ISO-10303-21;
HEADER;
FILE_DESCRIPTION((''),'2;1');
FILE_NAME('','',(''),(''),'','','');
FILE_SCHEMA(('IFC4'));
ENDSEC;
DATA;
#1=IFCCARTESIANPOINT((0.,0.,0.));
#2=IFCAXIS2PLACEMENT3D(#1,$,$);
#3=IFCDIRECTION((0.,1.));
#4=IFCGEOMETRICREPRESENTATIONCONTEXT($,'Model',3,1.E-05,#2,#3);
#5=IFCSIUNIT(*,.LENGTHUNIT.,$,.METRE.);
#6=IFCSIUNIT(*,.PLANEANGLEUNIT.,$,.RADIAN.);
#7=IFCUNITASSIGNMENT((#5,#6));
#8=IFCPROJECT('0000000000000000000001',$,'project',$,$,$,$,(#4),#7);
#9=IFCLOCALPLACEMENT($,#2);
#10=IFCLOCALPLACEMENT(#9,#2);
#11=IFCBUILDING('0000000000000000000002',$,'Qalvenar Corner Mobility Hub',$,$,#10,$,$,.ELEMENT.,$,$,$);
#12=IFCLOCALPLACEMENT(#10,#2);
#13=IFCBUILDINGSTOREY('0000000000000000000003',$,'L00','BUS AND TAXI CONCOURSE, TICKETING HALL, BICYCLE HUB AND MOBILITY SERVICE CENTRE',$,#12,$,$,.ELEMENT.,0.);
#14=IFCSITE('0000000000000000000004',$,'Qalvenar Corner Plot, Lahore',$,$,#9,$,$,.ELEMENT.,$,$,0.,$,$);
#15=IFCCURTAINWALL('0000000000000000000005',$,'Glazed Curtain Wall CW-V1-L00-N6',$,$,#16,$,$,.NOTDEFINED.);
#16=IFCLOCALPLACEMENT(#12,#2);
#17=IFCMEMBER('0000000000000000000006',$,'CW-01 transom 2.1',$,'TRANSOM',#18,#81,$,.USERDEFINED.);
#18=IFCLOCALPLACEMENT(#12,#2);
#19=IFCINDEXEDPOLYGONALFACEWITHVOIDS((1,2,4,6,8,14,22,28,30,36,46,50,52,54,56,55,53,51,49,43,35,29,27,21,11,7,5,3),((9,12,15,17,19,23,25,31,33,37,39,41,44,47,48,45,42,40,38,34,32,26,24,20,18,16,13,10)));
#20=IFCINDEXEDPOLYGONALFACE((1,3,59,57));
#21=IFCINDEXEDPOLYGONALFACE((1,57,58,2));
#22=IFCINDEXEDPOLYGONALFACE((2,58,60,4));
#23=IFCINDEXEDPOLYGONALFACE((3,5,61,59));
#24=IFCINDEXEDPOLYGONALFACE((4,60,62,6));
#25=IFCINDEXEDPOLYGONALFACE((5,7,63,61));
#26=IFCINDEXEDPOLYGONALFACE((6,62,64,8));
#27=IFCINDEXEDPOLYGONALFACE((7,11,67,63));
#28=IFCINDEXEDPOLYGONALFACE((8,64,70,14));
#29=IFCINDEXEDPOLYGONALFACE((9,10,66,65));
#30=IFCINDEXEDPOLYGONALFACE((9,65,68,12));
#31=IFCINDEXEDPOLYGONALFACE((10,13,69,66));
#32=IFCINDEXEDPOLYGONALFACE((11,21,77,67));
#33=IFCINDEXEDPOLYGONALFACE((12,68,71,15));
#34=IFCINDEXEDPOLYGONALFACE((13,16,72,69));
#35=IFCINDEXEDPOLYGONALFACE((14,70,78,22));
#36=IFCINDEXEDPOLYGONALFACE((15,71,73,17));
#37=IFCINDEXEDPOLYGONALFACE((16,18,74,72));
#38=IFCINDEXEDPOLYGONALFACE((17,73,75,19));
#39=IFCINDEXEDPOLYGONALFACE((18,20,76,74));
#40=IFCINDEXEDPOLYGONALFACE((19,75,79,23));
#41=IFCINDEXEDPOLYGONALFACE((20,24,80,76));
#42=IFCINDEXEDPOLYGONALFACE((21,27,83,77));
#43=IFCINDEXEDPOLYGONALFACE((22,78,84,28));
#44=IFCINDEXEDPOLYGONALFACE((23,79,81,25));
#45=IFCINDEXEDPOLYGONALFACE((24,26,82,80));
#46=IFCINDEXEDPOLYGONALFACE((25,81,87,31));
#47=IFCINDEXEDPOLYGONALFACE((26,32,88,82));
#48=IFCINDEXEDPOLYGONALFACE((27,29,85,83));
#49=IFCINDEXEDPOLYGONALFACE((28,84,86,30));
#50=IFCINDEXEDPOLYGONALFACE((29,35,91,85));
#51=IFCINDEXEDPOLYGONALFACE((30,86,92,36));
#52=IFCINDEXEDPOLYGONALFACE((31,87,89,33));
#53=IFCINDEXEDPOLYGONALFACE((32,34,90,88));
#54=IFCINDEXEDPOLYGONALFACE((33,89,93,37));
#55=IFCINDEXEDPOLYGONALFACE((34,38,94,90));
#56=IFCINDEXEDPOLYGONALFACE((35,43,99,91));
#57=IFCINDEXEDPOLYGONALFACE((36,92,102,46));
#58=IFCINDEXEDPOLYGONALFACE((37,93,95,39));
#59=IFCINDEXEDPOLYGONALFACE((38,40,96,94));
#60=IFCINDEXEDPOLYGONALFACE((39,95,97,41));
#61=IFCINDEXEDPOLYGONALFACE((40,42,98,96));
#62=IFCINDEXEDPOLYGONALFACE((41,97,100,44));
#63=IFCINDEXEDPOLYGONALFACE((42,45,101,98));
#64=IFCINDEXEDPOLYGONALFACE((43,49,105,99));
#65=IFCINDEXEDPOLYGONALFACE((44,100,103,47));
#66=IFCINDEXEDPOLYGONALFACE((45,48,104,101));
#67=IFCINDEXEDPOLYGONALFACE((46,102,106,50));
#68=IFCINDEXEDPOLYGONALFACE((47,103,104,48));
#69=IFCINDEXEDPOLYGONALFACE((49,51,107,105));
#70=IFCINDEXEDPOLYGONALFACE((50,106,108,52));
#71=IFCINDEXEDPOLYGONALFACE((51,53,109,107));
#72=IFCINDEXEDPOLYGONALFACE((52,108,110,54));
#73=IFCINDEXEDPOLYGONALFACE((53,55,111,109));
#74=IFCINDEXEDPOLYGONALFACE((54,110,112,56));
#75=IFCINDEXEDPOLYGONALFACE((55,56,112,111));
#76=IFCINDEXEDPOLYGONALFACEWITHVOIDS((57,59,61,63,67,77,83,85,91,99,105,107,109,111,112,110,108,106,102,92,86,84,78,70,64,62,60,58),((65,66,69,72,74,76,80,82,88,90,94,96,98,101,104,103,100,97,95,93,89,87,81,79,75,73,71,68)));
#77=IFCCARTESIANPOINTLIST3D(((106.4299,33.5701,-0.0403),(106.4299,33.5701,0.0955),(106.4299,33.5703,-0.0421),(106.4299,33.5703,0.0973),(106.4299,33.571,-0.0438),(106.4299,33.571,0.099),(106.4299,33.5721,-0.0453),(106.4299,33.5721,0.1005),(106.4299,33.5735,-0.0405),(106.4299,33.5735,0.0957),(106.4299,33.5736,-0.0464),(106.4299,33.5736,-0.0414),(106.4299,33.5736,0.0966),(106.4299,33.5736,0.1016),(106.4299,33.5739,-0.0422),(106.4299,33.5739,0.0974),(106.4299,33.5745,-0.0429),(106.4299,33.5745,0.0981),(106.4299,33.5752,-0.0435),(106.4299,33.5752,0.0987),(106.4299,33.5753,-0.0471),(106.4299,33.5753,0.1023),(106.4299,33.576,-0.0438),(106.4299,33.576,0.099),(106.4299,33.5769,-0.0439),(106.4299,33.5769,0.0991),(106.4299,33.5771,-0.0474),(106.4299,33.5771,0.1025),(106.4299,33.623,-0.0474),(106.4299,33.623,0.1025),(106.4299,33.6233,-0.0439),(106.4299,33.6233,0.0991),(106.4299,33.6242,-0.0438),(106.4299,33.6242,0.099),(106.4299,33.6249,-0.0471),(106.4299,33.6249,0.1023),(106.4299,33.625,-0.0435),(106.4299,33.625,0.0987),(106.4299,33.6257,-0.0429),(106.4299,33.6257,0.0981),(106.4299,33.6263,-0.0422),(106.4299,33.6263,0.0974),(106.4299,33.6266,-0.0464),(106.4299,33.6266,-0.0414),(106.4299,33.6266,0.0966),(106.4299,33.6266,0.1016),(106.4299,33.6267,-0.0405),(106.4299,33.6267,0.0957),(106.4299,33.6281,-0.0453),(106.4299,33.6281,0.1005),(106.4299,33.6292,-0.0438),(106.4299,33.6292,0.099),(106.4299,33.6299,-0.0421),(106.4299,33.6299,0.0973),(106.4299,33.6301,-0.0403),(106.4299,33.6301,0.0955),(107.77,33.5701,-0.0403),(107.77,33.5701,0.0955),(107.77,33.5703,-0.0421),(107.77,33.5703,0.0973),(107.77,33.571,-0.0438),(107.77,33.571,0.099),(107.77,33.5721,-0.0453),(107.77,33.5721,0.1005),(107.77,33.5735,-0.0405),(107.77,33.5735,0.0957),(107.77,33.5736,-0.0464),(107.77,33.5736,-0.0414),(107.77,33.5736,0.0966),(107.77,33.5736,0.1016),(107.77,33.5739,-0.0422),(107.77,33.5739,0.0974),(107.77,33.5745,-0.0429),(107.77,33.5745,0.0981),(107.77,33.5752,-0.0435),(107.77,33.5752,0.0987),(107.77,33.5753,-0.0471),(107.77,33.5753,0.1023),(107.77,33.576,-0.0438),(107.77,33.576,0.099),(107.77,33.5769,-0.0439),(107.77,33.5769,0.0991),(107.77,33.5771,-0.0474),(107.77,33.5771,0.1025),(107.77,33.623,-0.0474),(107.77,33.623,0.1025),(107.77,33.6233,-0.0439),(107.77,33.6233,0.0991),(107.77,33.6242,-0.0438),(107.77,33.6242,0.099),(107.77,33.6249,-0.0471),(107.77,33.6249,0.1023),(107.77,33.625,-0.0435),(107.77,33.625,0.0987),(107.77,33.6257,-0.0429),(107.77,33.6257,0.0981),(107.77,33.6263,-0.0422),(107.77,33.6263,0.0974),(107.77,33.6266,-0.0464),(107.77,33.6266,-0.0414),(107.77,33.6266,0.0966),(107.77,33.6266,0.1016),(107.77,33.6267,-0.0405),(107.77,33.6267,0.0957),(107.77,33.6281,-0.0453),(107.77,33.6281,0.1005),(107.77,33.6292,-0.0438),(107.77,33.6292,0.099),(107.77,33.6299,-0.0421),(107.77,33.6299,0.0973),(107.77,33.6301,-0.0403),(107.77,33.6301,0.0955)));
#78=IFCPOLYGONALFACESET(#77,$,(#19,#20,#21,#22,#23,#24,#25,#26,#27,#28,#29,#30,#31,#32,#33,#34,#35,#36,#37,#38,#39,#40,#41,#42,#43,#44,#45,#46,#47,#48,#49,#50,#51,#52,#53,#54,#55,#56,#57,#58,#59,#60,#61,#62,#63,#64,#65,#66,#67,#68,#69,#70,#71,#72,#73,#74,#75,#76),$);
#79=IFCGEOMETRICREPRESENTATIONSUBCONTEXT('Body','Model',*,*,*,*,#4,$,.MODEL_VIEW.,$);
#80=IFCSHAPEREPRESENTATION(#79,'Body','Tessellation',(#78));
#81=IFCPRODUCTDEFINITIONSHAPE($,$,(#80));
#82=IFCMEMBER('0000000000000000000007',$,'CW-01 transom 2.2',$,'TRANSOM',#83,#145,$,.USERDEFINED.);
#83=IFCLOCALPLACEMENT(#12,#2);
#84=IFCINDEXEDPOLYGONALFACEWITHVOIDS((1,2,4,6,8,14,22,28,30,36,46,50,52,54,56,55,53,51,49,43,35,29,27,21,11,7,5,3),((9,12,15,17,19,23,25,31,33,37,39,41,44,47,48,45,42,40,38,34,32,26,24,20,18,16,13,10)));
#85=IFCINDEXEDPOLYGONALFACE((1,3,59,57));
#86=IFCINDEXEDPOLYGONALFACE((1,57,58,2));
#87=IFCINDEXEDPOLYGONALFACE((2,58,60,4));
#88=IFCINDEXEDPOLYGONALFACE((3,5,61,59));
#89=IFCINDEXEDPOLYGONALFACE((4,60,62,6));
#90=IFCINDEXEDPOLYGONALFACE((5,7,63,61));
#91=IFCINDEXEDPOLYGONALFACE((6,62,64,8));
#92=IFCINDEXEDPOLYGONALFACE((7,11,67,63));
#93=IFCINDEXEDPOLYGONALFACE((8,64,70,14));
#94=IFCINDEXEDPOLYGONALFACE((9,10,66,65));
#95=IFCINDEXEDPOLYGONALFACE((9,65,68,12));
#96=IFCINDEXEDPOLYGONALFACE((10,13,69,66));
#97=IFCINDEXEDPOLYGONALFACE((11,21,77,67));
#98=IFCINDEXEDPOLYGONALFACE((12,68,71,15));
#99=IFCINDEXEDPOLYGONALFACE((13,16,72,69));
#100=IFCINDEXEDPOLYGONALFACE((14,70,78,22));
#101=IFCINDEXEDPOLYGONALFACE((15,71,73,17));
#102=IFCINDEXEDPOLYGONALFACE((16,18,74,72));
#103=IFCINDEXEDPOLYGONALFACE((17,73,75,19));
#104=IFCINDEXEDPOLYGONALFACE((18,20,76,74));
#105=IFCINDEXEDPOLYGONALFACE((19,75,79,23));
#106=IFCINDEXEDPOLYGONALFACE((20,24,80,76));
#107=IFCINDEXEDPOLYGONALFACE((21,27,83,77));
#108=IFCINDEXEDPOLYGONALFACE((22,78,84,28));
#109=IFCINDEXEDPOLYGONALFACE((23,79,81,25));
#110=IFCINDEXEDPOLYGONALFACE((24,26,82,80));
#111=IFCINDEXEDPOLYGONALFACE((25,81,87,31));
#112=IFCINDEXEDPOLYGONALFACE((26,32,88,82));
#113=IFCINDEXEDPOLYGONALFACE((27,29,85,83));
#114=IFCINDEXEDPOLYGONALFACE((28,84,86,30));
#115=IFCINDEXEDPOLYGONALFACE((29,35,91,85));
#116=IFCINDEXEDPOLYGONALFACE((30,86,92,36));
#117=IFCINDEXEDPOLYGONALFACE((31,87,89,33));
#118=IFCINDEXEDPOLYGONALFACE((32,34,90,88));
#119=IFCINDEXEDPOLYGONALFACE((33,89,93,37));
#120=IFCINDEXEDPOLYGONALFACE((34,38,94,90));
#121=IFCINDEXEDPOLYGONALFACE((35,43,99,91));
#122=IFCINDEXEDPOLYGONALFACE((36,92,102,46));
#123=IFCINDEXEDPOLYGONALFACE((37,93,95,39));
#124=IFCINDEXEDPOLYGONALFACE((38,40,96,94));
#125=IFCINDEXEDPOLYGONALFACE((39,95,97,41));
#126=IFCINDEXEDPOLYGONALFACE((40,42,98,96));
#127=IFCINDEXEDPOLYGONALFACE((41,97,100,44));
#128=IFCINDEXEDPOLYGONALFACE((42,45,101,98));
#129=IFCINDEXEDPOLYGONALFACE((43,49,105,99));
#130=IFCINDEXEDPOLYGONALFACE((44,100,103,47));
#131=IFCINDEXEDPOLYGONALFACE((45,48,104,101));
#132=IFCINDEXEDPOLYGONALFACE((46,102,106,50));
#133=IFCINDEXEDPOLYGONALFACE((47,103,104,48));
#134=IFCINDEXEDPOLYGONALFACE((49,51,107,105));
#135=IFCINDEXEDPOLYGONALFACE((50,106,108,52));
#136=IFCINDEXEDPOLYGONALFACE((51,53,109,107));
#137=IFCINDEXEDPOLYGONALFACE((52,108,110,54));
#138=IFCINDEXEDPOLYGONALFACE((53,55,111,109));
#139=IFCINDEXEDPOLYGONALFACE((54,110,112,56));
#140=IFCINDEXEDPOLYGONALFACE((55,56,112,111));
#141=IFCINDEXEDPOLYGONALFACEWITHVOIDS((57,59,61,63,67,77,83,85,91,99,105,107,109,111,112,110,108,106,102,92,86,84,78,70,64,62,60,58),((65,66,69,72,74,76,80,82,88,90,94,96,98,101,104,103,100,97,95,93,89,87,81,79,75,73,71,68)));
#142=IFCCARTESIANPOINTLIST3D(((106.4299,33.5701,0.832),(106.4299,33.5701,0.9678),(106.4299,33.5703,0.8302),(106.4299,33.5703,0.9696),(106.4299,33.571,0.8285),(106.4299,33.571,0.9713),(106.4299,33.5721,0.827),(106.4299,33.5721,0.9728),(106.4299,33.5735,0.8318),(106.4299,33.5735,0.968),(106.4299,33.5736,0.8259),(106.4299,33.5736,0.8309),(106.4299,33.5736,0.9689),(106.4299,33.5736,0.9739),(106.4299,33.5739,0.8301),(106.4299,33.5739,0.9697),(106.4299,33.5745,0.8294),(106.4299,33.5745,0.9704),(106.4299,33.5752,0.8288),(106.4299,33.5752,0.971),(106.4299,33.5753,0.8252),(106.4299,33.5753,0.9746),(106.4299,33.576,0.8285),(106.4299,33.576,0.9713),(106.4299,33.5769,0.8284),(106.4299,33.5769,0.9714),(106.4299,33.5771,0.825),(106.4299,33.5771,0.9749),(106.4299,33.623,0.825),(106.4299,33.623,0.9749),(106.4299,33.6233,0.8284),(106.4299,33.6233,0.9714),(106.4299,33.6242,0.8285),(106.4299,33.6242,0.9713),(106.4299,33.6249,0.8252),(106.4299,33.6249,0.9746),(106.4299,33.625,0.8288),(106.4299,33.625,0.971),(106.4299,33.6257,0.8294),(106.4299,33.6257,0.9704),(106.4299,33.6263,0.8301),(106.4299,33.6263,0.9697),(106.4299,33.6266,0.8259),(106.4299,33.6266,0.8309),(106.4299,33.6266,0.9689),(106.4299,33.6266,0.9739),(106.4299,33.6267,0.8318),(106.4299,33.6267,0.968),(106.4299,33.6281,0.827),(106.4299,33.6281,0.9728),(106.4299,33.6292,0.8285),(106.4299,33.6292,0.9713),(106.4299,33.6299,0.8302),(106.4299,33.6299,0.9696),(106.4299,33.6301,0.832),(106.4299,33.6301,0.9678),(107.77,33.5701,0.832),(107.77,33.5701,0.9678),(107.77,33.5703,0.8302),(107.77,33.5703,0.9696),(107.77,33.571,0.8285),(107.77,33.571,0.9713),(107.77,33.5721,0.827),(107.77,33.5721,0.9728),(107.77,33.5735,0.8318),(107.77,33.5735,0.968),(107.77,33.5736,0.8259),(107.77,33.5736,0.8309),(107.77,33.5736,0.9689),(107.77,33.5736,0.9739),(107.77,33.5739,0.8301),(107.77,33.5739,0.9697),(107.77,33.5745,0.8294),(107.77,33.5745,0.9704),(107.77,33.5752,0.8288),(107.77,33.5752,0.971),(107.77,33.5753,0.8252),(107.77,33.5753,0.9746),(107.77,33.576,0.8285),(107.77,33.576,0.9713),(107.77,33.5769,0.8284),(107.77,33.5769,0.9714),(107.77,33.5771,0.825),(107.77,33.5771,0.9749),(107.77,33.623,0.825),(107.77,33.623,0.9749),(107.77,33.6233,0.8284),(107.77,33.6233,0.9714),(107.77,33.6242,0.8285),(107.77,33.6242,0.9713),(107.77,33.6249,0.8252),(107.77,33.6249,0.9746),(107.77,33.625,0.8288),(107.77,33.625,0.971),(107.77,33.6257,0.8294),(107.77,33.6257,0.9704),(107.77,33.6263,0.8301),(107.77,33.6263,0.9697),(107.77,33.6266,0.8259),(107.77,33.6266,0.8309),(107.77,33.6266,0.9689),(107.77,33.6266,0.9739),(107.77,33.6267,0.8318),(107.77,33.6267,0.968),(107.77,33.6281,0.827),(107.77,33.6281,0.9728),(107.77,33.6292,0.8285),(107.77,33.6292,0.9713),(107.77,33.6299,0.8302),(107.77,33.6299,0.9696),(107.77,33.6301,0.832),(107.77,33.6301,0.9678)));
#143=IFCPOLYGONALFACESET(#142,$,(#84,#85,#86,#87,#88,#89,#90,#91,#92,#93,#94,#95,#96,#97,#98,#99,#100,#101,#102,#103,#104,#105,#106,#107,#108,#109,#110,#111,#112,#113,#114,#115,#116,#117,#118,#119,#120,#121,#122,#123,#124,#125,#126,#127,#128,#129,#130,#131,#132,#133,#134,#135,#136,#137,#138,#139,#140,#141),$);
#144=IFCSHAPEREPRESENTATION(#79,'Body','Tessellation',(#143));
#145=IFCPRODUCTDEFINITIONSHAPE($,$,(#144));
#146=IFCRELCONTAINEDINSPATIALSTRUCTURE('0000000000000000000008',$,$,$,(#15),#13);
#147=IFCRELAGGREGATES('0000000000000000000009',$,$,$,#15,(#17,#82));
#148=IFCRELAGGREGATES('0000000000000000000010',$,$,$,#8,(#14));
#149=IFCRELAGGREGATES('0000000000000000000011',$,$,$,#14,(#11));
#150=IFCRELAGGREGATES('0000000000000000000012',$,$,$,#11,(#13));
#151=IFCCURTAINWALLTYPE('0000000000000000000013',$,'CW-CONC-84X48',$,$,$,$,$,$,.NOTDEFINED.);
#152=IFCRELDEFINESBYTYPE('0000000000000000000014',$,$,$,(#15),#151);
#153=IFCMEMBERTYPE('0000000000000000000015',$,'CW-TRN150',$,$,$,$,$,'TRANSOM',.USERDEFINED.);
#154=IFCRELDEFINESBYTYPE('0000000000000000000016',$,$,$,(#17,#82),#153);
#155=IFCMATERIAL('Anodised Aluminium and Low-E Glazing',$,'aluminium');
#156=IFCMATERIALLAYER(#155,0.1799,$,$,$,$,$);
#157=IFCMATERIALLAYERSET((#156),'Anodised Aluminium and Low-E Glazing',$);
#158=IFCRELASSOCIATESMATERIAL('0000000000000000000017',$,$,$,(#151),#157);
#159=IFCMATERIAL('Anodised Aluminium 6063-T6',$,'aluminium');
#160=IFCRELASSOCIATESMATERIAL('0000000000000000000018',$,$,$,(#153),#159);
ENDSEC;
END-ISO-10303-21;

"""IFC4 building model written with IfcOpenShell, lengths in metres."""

from ifc_helpers import new_model, si_unit, direction, frame, origin, origin_2d, place, context, subcontext, project, spatial, hollow_rectangle, extrude, material, layer, layer_set, material_profile, profile_set, type_object, element, aggregate, save


model = new_model("IFC4")

# Units and contexts
model_context = context("Model", 3, precision=1e-05, world=origin(), true_north=direction((0.0, 1.0)))
body_context = subcontext(model_context, "Body", "Model", "MODEL_VIEW")
ifc_project = project(units=[si_unit("LENGTHUNIT", "METRE"), si_unit("PLANEANGLEUNIT", "RADIAN")], contexts=[model_context])

# Site, building, storey
site_placement = place(None, origin())
site = spatial("IfcSite", under=ifc_project, at=site_placement, Name="Qalvenar Corner Plot, Lahore", CompositionType="ELEMENT", RefElevation=0.0)
building_placement = place(site_placement, origin())
building = spatial("IfcBuilding", under=site, at=building_placement, Name="Qalvenar Corner Mobility Hub", CompositionType="ELEMENT")
storey_placement = place(building_placement, origin())
storey = spatial("IfcBuildingStorey", under=building, at=storey_placement, Name="L00", Description="BUS AND TAXI CONCOURSE, TICKETING HALL, BICYCLE HUB AND MOBILITY SERVICE CENTRE", CompositionType="ELEMENT", Elevation=0.0)

# Curtain wall, members
ifc_material_1 = material(Name="Anodised Aluminium and Low-E Glazing", Category="aluminium")
ifc_layer_1 = layer(ifc_material_1, 0.1799)
ifc_layer_set_1 = layer_set([ifc_layer_1], Name="Anodised Aluminium and Low-E Glazing")
curtain_wall_type = type_object("IfcCurtainWallType", Name="CW-CONC-84X48", PredefinedType="NOTDEFINED", material=ifc_layer_set_1)
curtain_wall_placement = place(storey_placement, origin())
curtain_wall = element("IfcCurtainWall", 1, at=curtain_wall_placement, inside=storey, type_object=curtain_wall_type, Name="Glazed Curtain Wall CW-V1-L00-N6", PredefinedType="NOTDEFINED")
ifc_material_2 = material(Name="Anodised Aluminium 6063-T6", Category="aluminium")
ifc_material_profile_1 = material_profile(ifc_material_2, hollow_rectangle(XDim=0.0601, YDim=0.1499, WallThickness=0.0034, InnerFilletRadius=0.0034, OuterFilletRadius=0.0071, at=origin_2d()), Name="RHS150x60x3.5")
ifc_profile_set_1 = profile_set([ifc_material_profile_1], Name="Anodised Aluminium 6063-T6")
member_type_1 = type_object("IfcMemberType", Name="CW-TRN150", ElementType="TRANSOM", PredefinedType="USERDEFINED", material=ifc_profile_set_1)
member_1_placement = place(storey_placement, frame((107.77, 33.6001, 0.0276), z_axis=(-1.0, 0.0, 0.0), x_axis=(0.0, -1.0, 0.0)))
member_1 = element("IfcMember", 2, at=member_1_placement, type_object=member_type_1, Name="CW-01 transom 2.1", ObjectType="TRANSOM", PredefinedType="USERDEFINED", context=body_context, shape_type="SweptSolid", body=[
    extrude(hollow_rectangle(XDim=0.0601, YDim=0.1499, WallThickness=0.0034, InnerFilletRadius=0.0034, OuterFilletRadius=0.0071, at=origin_2d()), origin(), (0.0, 0.0, 1.0), 1.3401),
])
member_2_placement = place(storey_placement, frame((107.77, 33.6001, 0.8999), z_axis=(-1.0, 0.0, 0.0), x_axis=(0.0, -1.0, 0.0)))
member_2 = element("IfcMember", 3, at=member_2_placement, type_object=member_type_1, Name="CW-01 transom 2.2", ObjectType="TRANSOM", PredefinedType="USERDEFINED", context=body_context, shape_type="SweptSolid", body=[
    extrude(hollow_rectangle(XDim=0.0601, YDim=0.1499, WallThickness=0.0034, InnerFilletRadius=0.0034, OuterFilletRadius=0.0071, at=origin_2d()), origin(), (0.0, 0.0, 1.0), 1.3401),
])
aggregate(curtain_wall, [member_1, member_2])

save(model, "model.ifc")
